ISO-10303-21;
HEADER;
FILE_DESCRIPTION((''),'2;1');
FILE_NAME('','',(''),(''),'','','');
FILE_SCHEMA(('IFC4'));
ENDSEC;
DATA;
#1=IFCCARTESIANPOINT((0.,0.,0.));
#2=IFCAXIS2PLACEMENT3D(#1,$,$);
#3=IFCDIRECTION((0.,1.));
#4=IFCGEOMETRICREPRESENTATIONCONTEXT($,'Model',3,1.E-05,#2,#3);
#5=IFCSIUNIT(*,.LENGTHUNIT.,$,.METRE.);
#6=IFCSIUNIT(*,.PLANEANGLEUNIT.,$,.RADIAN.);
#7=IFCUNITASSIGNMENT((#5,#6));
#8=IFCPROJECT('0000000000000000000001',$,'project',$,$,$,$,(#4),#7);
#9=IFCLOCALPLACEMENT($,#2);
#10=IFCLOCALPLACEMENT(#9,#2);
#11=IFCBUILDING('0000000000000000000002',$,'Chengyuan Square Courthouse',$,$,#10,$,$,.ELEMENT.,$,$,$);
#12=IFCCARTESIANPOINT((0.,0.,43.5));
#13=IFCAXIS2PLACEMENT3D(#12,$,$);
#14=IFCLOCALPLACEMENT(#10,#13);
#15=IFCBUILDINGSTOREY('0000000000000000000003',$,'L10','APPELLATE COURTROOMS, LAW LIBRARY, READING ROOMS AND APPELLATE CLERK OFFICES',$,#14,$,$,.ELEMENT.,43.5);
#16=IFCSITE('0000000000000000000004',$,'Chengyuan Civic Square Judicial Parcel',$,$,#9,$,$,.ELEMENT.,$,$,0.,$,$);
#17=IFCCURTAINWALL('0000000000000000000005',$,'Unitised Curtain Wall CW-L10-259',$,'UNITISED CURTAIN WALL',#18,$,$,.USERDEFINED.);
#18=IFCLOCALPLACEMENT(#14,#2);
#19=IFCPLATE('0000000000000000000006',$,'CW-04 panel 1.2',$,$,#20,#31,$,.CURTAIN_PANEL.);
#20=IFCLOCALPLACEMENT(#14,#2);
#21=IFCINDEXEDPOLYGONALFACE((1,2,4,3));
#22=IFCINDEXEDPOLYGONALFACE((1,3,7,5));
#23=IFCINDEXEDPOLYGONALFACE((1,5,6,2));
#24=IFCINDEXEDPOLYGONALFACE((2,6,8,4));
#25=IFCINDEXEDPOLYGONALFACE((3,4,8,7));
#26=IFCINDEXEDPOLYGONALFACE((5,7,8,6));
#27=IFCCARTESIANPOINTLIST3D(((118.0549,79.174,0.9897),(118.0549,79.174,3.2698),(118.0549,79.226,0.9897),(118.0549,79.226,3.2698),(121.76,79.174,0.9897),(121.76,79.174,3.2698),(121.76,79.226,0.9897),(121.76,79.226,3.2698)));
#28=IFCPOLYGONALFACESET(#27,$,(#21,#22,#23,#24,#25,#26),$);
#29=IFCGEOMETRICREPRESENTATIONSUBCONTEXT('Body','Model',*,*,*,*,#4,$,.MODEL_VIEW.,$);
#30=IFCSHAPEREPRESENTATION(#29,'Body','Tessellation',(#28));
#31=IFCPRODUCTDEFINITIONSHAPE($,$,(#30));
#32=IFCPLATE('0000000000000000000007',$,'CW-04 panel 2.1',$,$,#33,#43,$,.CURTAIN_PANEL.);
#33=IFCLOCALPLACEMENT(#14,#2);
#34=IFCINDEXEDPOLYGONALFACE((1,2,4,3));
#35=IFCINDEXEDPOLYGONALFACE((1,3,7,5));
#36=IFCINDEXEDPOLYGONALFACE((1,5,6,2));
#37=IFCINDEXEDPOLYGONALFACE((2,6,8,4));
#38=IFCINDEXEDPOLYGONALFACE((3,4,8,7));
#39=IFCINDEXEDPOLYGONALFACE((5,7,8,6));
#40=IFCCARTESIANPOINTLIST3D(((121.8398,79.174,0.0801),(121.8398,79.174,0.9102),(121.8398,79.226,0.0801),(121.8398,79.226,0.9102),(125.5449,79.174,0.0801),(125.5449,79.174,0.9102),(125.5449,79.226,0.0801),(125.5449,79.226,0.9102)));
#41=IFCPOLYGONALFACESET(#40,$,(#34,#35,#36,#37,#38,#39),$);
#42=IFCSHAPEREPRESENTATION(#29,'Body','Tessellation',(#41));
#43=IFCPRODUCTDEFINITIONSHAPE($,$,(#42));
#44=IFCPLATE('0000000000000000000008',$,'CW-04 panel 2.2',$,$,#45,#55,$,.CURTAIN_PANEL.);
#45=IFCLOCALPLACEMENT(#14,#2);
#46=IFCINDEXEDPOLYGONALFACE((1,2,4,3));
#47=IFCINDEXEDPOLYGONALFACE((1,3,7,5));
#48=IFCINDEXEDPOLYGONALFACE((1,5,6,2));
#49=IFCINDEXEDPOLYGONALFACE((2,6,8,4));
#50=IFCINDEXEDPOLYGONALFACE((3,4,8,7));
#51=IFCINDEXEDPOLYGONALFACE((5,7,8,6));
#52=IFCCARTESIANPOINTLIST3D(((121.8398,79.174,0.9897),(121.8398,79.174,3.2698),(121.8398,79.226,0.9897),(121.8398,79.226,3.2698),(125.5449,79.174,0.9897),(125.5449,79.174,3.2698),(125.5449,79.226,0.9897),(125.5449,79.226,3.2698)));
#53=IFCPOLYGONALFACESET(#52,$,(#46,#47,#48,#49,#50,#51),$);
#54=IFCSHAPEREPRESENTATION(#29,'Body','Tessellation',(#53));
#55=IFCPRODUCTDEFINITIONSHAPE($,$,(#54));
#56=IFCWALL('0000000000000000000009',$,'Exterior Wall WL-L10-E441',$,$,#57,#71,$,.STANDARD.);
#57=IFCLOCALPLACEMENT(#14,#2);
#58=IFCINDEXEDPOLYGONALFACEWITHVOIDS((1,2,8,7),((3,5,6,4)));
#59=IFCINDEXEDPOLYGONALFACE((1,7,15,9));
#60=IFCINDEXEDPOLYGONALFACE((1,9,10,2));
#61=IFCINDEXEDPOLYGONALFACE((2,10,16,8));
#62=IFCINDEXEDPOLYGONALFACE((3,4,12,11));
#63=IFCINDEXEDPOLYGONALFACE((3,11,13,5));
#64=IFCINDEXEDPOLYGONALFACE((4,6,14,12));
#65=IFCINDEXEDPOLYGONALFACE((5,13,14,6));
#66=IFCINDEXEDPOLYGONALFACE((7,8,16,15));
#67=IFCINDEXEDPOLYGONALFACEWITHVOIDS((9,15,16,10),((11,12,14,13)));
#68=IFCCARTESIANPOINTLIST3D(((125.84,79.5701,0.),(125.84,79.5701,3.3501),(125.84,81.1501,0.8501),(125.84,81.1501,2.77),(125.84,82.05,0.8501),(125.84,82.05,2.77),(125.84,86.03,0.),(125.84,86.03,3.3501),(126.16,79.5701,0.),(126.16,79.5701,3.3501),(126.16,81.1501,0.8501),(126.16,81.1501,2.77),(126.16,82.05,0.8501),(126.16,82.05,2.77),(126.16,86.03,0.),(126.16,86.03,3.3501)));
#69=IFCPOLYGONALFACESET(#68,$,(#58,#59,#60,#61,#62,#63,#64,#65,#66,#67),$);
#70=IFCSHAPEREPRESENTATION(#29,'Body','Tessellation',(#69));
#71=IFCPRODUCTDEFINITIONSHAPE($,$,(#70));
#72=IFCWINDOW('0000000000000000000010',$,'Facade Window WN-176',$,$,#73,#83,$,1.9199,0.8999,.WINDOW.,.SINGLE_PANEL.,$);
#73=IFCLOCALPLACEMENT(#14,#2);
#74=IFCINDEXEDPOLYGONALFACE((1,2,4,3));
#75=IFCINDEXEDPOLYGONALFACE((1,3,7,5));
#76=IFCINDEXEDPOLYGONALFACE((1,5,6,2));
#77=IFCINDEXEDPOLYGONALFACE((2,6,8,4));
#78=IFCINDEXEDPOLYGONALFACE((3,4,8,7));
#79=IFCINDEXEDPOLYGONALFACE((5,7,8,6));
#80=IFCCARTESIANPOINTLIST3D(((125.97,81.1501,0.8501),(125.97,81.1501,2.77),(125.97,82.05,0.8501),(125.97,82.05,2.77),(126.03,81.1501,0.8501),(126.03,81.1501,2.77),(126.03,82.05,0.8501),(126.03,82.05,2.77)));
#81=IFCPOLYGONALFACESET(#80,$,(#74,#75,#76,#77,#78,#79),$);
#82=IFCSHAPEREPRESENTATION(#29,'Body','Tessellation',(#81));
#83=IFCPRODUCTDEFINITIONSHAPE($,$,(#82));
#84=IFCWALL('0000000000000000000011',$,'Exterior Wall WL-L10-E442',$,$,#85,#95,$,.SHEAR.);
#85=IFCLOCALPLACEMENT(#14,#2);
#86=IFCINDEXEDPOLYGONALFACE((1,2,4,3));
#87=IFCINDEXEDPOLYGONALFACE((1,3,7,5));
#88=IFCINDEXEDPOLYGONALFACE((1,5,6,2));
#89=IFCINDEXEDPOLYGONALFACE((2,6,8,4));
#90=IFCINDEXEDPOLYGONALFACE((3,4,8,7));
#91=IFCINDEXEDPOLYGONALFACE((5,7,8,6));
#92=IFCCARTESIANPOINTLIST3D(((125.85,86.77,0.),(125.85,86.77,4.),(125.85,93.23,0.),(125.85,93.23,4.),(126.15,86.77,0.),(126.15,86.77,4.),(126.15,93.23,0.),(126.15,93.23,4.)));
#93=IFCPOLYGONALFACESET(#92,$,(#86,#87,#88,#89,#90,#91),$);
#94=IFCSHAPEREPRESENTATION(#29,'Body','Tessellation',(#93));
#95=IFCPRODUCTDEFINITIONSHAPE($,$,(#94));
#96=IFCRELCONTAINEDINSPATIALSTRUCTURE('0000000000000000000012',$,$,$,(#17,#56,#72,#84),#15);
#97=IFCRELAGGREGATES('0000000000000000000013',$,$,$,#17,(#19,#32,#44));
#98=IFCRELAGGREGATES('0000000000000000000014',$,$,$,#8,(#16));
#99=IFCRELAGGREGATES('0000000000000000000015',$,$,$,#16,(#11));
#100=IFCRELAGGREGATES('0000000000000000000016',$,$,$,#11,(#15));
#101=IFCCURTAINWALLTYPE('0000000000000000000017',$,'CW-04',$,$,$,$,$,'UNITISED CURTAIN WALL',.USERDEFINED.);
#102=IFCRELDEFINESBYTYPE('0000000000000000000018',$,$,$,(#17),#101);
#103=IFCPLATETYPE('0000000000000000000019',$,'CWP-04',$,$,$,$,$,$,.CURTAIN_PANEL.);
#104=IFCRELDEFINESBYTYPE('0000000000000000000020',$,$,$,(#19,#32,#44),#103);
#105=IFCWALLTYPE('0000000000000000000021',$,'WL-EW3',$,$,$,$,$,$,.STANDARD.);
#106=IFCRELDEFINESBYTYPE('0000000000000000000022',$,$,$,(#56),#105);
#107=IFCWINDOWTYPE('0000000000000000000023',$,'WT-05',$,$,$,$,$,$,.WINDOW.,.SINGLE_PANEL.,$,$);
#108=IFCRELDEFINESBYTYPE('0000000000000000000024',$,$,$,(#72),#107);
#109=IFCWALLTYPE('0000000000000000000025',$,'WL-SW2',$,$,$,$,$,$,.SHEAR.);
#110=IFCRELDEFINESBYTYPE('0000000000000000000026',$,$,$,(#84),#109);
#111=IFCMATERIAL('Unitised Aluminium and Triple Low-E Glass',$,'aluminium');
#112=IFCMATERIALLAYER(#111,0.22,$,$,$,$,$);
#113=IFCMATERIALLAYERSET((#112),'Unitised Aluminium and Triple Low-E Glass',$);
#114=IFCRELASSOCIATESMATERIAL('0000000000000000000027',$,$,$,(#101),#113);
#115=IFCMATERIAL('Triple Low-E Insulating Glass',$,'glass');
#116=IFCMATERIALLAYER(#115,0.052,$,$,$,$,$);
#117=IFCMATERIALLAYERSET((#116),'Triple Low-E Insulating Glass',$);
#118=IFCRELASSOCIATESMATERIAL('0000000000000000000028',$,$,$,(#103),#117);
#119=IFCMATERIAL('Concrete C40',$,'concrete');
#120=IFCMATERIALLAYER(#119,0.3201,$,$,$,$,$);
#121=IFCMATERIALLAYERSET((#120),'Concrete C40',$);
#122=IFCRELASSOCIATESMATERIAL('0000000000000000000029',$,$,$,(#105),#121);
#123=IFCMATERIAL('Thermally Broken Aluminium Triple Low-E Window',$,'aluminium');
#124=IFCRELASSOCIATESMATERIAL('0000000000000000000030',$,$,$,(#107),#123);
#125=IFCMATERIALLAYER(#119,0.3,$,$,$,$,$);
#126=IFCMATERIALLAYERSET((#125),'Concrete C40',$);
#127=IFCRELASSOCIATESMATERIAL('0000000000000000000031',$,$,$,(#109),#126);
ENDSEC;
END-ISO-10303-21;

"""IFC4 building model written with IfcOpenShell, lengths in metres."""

from ifc_helpers import new_model, si_unit, direction, frame, frame_2d, origin, origin_2d, place, context, subcontext, project, spatial, rectangle, extrude, material, layer, layer_set, type_object, element, fill, aggregate, save


model = new_model("IFC4")

# Units and contexts
model_context = context("Model", 3, precision=1e-05, world=origin(), true_north=direction((0.0, 1.0)))
body_context = subcontext(model_context, "Body", "Model", "MODEL_VIEW")
ifc_project = project(units=[si_unit("LENGTHUNIT", "METRE"), si_unit("PLANEANGLEUNIT", "RADIAN")], contexts=[model_context])

# Site, building, storey
site_placement = place(None, origin())
site = spatial("IfcSite", under=ifc_project, at=site_placement, Name="Chengyuan Civic Square Judicial Parcel", CompositionType="ELEMENT", RefElevation=0.0)
building_placement = place(site_placement, origin())
building = spatial("IfcBuilding", under=site, at=building_placement, Name="Chengyuan Square Courthouse", CompositionType="ELEMENT")
storey_placement = place(building_placement, frame((0.0, 0.0, 43.5)))
storey = spatial("IfcBuildingStorey", under=building, at=storey_placement, Name="L10", Description="APPELLATE COURTROOMS, LAW LIBRARY, READING ROOMS AND APPELLATE CLERK OFFICES", CompositionType="ELEMENT", Elevation=43.5)

# Shared definitions
ifc_material_1 = material(Name="Concrete C40", Category="concrete")

# Curtain wall, plates
ifc_material_2 = material(Name="Unitised Aluminium and Triple Low-E Glass", Category="aluminium")
ifc_layer_1 = layer(ifc_material_2, 0.22)
ifc_layer_set_1 = layer_set([ifc_layer_1], Name="Unitised Aluminium and Triple Low-E Glass")
curtain_wall_type = type_object("IfcCurtainWallType", Name="CW-04", ElementType="UNITISED CURTAIN WALL", PredefinedType="USERDEFINED", material=ifc_layer_set_1)
curtain_wall_placement = place(storey_placement, origin())
curtain_wall = element("IfcCurtainWall", 1, at=curtain_wall_placement, inside=storey, type_object=curtain_wall_type, Name="Unitised Curtain Wall CW-L10-259", ObjectType="UNITISED CURTAIN WALL", PredefinedType="USERDEFINED")
ifc_material_3 = material(Name="Triple Low-E Insulating Glass", Category="glass")
ifc_layer_2 = layer(ifc_material_3, 0.052)
ifc_layer_set_2 = layer_set([ifc_layer_2], Name="Triple Low-E Insulating Glass")
plate_type = type_object("IfcPlateType", Name="CWP-04", PredefinedType="CURTAIN_PANEL", material=ifc_layer_set_2)
plate_1_placement = place(storey_placement, frame((119.9075, 79.2, 0.9897), z_axis=(0.0, 0.0, 1.0), x_axis=(1.0, 0.0, 0.0)))
plate_1 = element("IfcPlate", 2, at=plate_1_placement, type_object=plate_type, Name="CW-04 panel 1.2", PredefinedType="CURTAIN_PANEL", context=body_context, shape_type="SweptSolid", body=[
    extrude(rectangle(XDim=3.7051, YDim=0.052, at=origin_2d()), origin(), (0.0, 0.0, 1.0), 2.28),
])
plate_2_placement = place(storey_placement, frame((123.6924, 79.2, 0.0801), z_axis=(0.0, 0.0, 1.0), x_axis=(1.0, 0.0, 0.0)))
plate_2 = element("IfcPlate", 3, at=plate_2_placement, type_object=plate_type, Name="CW-04 panel 2.1", PredefinedType="CURTAIN_PANEL", context=body_context, shape_type="SweptSolid", body=[
    extrude(rectangle(XDim=3.7051, YDim=0.052, at=origin_2d()), origin(), (0.0, 0.0, 1.0), 0.8301),
])
plate_3_placement = place(storey_placement, frame((123.6924, 79.2, 0.9897), z_axis=(0.0, 0.0, 1.0), x_axis=(1.0, 0.0, 0.0)))
plate_3 = element("IfcPlate", 4, at=plate_3_placement, type_object=plate_type, Name="CW-04 panel 2.2", PredefinedType="CURTAIN_PANEL", context=body_context, shape_type="SweptSolid", body=[
    extrude(rectangle(XDim=3.7051, YDim=0.052, at=origin_2d()), origin(), (0.0, 0.0, 1.0), 2.28),
])
aggregate(curtain_wall, [plate_1, plate_2, plate_3])

# Wall, opening, window
ifc_layer_3 = layer(ifc_material_1, 0.3201)
ifc_layer_set_3 = layer_set([ifc_layer_3], Name="Concrete C40")
wall_type_1 = type_object("IfcWallType", Name="WL-EW3", PredefinedType="STANDARD", material=ifc_layer_set_3)
wall_1_placement = place(storey_placement, frame((126.0, 79.5701, 0.0), z_axis=(0.0, 0.0, 1.0), x_axis=(0.0, 1.0, 0.0)))
wall_1 = element("IfcWall", 5, at=wall_1_placement, inside=storey, type_object=wall_type_1, Name="Exterior Wall WL-L10-E441", PredefinedType="STANDARD", context=body_context, shape_type="SweptSolid", body=[
    extrude(rectangle(XDim=6.46, YDim=0.3201, at=frame_2d((3.23, 0.0))), origin(), (0.0, 0.0, 1.0), 3.3501),
])
opening_placement = place(wall_1_placement, frame((1.5801, 0.0, 0.8501)))
opening = element("IfcOpeningElement", 6, at=opening_placement, cuts=wall_1, PredefinedType="OPENING", context=body_context, shape_type="SweptSolid", body=[
    extrude(rectangle(XDim=0.8999, YDim=1.9199, at=frame_2d((0.45, 0.96))), frame((0.0, 0.1721, 0.0), z_axis=(0.0, -1.0, 0.0), x_axis=(1.0, 0.0, 0.0)), (0.0, 0.0, 1.0), 0.344),
])
ifc_material_4 = material(Name="Thermally Broken Aluminium Triple Low-E Window", Category="aluminium")
window_type = type_object("IfcWindowType", Name="WT-05", PartitioningType="SINGLE_PANEL", PredefinedType="WINDOW", material=ifc_material_4)
window_placement = place(opening_placement, origin())
window = element("IfcWindow", 7, at=window_placement, inside=storey, type_object=window_type, Name="Facade Window WN-176", OverallHeight=1.9199, OverallWidth=0.8999, PartitioningType="SINGLE_PANEL", PredefinedType="WINDOW", context=body_context, shape_type="SweptSolid", body=[
    extrude(rectangle(XDim=0.8999, YDim=1.9199, at=frame_2d((0.45, 0.96))), frame((0.0, 0.03, 0.0), z_axis=(0.0, -1.0, 0.0), x_axis=(1.0, 0.0, 0.0)), (0.0, 0.0, 1.0), 0.0601),
])
fill(opening, window)

# Wall
ifc_layer_4 = layer(ifc_material_1, 0.3)
ifc_layer_set_4 = layer_set([ifc_layer_4], Name="Concrete C40")
wall_type_2 = type_object("IfcWallType", Name="WL-SW2", PredefinedType="SHEAR", material=ifc_layer_set_4)
wall_2_placement = place(storey_placement, frame((126.0, 86.77, 0.0), z_axis=(0.0, 0.0, 1.0), x_axis=(0.0, 1.0, 0.0)))
element("IfcWall", 8, at=wall_2_placement, inside=storey, type_object=wall_type_2, Name="Exterior Wall WL-L10-E442", PredefinedType="SHEAR", context=body_context, shape_type="SweptSolid", body=[
    extrude(rectangle(XDim=6.46, YDim=0.3, at=frame_2d((3.23, 0.0))), origin(), (0.0, 0.0, 1.0), 4.0),
])

save(model, "model.ifc")
